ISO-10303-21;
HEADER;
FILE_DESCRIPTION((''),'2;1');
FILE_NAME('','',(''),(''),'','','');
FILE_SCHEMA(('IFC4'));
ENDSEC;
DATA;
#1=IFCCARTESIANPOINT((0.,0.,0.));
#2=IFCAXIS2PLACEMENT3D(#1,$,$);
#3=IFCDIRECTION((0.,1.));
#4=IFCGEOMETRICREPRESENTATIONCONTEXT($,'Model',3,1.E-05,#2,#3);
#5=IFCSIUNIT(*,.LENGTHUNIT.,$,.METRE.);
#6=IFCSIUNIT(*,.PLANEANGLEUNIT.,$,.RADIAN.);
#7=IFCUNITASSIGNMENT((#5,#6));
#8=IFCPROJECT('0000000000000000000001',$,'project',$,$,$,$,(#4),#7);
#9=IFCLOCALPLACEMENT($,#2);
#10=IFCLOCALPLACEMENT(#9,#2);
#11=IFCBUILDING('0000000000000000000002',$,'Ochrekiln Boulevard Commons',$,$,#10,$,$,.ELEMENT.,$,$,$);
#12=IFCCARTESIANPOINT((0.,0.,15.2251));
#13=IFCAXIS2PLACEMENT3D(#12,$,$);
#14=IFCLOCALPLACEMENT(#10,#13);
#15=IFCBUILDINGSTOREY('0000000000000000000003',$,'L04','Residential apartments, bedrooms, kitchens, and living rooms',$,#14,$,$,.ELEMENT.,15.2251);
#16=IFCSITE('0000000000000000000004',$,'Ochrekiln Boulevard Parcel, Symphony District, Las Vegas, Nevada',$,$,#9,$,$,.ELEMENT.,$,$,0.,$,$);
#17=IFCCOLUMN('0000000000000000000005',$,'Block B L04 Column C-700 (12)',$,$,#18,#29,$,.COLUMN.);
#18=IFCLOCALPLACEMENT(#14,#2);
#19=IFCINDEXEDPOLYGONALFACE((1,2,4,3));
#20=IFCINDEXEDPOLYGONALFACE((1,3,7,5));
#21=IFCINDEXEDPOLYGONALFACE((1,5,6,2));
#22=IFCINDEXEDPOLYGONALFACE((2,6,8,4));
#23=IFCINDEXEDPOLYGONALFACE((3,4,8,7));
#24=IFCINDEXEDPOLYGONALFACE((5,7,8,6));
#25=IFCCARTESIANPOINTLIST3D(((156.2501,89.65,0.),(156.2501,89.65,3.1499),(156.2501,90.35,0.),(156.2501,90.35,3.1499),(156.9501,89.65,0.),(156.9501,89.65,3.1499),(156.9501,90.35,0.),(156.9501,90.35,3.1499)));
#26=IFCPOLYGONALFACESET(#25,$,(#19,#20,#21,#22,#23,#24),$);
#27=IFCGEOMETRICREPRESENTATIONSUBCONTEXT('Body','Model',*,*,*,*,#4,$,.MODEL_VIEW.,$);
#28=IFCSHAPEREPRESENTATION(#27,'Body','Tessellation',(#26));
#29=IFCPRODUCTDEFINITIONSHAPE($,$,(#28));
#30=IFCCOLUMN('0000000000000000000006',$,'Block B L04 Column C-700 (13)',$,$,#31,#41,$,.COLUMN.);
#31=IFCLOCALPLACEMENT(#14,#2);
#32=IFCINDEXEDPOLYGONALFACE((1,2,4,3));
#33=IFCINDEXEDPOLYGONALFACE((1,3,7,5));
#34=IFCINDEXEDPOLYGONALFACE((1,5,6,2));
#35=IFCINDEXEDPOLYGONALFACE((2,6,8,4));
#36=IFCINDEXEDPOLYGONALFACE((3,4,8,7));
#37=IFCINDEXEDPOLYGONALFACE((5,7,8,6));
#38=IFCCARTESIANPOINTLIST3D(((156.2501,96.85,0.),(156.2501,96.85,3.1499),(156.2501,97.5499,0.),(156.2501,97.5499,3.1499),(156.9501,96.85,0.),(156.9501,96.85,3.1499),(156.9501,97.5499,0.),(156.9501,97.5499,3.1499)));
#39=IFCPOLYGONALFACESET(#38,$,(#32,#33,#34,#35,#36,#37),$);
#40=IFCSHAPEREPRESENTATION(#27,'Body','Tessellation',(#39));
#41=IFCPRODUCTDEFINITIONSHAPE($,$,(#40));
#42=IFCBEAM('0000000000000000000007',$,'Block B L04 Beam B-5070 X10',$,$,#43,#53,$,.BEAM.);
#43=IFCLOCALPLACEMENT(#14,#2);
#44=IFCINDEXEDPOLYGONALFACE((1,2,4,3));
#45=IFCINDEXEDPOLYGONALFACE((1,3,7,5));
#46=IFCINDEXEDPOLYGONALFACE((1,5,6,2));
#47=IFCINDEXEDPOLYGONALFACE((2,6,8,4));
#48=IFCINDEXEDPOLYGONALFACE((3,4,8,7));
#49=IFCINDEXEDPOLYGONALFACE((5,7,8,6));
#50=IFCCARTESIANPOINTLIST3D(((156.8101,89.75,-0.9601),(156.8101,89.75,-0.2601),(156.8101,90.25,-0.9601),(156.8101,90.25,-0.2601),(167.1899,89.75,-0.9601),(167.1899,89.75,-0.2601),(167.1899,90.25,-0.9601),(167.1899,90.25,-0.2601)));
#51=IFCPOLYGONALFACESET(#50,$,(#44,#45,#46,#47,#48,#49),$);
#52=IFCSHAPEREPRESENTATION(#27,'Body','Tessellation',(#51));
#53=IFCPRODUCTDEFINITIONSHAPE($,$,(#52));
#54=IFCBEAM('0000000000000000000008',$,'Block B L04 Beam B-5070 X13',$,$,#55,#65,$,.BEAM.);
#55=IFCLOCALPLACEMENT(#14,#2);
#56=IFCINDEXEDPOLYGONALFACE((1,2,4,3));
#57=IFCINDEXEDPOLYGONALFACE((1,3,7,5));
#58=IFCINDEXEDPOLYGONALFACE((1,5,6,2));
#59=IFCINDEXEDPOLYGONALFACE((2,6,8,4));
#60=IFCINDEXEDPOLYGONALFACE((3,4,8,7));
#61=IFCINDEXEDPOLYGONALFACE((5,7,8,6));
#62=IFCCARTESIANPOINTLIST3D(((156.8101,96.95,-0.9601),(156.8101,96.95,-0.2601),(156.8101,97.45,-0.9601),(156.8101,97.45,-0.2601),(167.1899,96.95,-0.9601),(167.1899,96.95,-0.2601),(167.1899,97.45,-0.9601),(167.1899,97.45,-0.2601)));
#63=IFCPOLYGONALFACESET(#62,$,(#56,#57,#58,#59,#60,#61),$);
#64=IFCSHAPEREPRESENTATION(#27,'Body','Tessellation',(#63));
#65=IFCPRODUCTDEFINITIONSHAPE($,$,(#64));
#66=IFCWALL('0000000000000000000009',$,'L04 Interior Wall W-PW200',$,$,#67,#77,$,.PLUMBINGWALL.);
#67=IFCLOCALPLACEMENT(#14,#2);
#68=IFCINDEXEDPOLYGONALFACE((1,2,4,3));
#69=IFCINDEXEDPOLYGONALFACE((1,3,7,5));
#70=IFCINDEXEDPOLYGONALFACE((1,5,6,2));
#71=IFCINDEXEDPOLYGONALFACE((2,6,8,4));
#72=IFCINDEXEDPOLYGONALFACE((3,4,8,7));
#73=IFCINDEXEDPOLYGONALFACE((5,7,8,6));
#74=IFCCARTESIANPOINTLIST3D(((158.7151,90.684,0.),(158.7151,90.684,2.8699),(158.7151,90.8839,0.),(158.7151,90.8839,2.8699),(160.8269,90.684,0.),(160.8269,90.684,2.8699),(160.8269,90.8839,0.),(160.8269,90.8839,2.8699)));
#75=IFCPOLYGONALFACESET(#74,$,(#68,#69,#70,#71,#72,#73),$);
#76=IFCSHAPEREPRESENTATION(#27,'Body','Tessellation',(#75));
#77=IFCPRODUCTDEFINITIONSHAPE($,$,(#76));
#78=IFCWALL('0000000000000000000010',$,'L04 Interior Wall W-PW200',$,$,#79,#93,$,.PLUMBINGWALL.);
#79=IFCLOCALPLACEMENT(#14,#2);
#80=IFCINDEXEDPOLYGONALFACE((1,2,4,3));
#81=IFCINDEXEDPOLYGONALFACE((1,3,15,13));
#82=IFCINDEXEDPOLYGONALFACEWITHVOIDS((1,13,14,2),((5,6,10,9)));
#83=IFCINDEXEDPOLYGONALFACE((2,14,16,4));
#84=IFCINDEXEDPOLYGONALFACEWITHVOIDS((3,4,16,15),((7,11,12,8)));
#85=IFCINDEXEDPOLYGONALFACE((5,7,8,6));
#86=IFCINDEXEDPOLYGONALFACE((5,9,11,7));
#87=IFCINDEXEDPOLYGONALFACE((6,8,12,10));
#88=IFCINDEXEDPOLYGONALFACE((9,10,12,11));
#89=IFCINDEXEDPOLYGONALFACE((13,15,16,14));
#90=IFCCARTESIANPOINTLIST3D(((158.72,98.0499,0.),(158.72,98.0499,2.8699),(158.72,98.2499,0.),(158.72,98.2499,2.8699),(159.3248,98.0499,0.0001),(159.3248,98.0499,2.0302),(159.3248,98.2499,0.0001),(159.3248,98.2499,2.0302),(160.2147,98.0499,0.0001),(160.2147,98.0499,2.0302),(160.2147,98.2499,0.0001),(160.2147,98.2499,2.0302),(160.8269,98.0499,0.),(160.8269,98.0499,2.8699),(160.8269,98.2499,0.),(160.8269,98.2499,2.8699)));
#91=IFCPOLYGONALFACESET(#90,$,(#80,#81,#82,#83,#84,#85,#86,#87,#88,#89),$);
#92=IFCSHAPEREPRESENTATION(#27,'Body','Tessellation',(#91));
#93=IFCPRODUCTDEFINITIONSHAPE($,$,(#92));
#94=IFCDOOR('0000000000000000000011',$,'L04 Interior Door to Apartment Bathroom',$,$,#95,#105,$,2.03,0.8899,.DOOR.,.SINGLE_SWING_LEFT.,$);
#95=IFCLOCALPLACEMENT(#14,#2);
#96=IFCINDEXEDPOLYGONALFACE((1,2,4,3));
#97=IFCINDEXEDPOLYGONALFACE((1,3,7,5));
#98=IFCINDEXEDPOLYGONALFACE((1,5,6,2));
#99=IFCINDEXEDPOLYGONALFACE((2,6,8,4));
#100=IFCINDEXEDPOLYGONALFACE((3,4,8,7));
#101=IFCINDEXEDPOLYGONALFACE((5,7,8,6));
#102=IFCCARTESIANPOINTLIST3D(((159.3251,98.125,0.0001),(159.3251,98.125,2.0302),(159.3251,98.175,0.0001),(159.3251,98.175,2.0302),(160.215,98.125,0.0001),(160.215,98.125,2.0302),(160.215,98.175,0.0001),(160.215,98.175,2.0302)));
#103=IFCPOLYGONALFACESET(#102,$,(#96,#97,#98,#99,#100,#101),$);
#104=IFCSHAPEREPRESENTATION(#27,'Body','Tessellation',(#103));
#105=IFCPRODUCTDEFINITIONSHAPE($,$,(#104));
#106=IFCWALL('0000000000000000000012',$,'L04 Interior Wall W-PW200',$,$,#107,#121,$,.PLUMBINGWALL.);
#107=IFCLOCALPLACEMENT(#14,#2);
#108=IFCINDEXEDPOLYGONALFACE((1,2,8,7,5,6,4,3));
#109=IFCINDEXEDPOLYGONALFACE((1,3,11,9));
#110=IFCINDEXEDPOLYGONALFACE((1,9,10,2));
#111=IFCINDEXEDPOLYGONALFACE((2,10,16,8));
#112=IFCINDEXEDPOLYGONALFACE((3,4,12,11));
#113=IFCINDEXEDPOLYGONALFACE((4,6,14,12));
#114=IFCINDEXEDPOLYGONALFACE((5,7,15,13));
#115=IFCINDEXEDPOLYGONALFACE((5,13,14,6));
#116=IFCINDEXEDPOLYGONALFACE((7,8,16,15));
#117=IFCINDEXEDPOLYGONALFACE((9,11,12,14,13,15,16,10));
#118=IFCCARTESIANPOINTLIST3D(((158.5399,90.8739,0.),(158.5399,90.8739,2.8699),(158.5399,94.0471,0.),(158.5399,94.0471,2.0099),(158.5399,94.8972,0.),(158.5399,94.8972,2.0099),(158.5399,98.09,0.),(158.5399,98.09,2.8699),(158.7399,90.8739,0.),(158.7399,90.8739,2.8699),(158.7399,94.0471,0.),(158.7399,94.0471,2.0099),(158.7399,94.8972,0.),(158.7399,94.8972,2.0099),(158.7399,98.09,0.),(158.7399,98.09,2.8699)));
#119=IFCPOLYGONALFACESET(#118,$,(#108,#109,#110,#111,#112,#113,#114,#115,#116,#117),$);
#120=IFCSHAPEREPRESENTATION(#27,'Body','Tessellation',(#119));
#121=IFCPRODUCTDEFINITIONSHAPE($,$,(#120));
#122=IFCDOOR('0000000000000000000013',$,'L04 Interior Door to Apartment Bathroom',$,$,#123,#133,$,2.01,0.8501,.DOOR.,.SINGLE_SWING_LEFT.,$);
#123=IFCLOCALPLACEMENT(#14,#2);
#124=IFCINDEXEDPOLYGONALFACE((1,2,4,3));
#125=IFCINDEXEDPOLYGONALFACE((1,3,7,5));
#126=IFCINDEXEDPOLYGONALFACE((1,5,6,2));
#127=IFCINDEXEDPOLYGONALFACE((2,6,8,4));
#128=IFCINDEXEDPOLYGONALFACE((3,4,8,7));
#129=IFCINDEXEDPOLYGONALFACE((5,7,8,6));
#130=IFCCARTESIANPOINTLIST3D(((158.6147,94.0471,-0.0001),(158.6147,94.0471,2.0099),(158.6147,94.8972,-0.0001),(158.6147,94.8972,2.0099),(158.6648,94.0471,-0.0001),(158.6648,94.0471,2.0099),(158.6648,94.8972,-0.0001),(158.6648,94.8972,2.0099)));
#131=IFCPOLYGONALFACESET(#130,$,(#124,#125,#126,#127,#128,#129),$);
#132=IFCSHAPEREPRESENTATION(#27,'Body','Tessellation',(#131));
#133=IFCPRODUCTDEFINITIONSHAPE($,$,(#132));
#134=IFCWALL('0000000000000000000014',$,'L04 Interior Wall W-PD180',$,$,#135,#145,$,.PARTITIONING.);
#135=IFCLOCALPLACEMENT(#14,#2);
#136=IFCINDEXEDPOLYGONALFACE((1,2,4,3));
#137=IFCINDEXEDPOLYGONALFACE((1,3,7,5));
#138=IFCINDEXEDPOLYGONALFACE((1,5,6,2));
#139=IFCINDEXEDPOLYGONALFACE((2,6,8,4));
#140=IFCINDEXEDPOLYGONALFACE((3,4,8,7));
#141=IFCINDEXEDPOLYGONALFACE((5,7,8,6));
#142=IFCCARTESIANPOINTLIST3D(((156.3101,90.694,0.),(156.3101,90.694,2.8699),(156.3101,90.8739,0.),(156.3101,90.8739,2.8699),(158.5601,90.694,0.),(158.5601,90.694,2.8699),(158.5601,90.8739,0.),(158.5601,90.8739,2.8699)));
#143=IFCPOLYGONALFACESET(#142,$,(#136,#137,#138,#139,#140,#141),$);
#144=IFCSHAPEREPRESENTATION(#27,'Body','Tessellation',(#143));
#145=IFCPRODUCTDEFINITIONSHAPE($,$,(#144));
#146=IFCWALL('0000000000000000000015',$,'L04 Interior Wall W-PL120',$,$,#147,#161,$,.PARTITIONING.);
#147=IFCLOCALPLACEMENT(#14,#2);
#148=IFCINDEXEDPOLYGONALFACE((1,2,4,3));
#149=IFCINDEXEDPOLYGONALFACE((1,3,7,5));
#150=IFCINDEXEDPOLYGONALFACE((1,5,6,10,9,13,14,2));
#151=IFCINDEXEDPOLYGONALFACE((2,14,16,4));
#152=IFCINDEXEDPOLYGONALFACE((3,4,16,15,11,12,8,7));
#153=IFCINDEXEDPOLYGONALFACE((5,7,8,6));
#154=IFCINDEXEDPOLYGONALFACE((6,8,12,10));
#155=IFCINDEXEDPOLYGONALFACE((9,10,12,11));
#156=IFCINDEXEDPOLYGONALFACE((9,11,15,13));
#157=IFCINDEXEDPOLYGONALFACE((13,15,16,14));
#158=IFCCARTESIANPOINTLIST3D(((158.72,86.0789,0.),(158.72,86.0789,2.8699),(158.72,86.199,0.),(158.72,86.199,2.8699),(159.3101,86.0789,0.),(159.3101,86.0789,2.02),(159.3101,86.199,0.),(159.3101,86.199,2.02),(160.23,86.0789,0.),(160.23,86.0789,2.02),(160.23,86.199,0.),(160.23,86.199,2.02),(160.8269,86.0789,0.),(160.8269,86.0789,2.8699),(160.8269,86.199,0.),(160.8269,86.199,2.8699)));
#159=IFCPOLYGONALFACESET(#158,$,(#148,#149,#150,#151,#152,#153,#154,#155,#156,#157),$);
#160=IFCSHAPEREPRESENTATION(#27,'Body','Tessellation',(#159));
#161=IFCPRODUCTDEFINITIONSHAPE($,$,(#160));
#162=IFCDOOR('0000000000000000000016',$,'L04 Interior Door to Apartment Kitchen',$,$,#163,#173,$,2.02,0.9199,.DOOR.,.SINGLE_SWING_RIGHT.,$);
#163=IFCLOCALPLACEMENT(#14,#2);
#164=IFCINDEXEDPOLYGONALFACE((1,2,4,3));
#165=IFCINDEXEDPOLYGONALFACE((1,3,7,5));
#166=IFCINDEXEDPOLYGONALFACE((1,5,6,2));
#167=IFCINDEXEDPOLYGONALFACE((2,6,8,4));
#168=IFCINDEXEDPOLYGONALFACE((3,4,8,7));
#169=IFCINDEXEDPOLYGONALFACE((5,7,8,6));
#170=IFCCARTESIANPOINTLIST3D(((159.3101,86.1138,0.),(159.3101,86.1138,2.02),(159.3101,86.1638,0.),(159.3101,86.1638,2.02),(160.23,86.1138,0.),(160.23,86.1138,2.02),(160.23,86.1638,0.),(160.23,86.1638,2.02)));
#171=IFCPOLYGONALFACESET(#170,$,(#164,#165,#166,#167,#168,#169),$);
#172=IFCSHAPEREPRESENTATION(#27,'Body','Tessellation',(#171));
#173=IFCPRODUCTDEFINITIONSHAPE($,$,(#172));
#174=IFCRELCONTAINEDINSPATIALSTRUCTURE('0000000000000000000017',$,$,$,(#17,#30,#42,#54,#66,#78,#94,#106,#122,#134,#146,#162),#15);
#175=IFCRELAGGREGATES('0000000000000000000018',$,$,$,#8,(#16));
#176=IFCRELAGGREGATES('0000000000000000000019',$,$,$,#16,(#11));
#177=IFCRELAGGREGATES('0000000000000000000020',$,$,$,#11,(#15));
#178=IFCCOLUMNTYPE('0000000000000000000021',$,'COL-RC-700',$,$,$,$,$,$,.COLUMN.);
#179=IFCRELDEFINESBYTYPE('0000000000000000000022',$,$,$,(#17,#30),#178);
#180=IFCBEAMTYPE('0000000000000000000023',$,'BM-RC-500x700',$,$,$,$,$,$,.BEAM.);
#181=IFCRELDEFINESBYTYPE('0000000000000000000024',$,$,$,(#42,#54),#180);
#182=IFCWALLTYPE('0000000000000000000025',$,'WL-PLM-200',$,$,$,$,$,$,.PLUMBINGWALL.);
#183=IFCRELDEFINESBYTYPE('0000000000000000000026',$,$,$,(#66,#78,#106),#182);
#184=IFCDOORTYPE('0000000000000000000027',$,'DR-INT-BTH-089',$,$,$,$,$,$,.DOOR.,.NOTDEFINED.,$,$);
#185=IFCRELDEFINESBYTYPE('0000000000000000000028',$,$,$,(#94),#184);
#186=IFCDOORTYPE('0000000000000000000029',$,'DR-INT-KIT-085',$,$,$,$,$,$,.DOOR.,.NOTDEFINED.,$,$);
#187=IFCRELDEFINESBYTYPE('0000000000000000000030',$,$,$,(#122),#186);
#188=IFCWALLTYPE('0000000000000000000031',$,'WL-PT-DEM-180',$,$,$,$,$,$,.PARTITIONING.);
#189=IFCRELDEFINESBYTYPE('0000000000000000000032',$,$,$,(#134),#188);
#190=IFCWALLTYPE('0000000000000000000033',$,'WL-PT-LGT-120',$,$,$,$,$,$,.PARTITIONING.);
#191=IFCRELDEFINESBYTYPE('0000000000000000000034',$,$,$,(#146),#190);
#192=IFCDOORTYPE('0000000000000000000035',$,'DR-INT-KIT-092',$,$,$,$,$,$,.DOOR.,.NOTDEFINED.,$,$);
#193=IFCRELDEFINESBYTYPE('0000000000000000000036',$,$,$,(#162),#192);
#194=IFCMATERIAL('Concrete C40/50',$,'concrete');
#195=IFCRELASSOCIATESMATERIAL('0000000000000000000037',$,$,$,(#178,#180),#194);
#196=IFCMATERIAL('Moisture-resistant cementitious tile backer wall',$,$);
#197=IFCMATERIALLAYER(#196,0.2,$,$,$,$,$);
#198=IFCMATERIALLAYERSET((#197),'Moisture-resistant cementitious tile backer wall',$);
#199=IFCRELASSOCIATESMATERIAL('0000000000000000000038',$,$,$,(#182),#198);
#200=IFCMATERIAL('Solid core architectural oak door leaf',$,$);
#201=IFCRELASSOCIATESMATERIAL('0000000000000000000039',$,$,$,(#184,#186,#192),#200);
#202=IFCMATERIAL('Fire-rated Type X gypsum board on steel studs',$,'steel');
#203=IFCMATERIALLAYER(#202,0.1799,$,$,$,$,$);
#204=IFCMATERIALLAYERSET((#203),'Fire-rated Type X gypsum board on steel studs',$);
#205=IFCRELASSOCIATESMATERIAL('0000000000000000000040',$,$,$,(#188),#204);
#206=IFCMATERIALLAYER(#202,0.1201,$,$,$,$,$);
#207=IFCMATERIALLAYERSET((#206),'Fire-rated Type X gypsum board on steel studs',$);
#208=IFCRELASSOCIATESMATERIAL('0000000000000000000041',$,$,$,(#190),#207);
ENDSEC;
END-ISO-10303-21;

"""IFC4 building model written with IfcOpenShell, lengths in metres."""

from ifc_helpers import new_model, si_unit, direction, frame, frame_2d, origin, origin_2d, place, context, subcontext, project, spatial, rectangle, extrude, material, layer, layer_set, material_profile, profile_set, type_object, element, fill, save


model = new_model("IFC4")

# Units and contexts
model_context = context("Model", 3, precision=1e-05, world=origin(), true_north=direction((0.0, 1.0)))
body_context = subcontext(model_context, "Body", "Model", "MODEL_VIEW")
ifc_project = project(units=[si_unit("LENGTHUNIT", "METRE"), si_unit("PLANEANGLEUNIT", "RADIAN")], contexts=[model_context])

# Site, building, storey
site_placement = place(None, origin())
site = spatial("IfcSite", under=ifc_project, at=site_placement, Name="Ochrekiln Boulevard Parcel, Symphony District, Las Vegas, Nevada", CompositionType="ELEMENT", RefElevation=0.0)
building_placement = place(site_placement, origin())
building = spatial("IfcBuilding", under=site, at=building_placement, Name="Ochrekiln Boulevard Commons", CompositionType="ELEMENT")
storey_placement = place(building_placement, frame((0.0, 0.0, 15.2251)))
storey = spatial("IfcBuildingStorey", under=building, at=storey_placement, Name="L04", Description="Residential apartments, bedrooms, kitchens, and living rooms", CompositionType="ELEMENT", Elevation=15.2251)

# Columns
ifc_material_1 = material(Name="Concrete C40/50", Category="concrete")
ifc_material_profile_1 = material_profile(ifc_material_1, rectangle(XDim=0.7, YDim=0.7, at=origin_2d()), Name="RC-COL-700x700")
ifc_profile_set_1 = profile_set([ifc_material_profile_1], Name="Concrete C40/50")
column_type = type_object("IfcColumnType", Name="COL-RC-700", PredefinedType="COLUMN", material=ifc_profile_set_1)
for number, where, z_axis, x_axis, name in (
    (1, (156.6001, 90.0, 0.0), (0.0, 0.0, 1.0), (1.0, 0.0, 0.0), "Block B L04 Column C-700 (12)"),
    (2, (156.6001, 97.2, 0.0), (0.0, 0.0, 1.0), (1.0, 0.0, 0.0), "Block B L04 Column C-700 (13)"),
):
    element("IfcColumn", number, at=place(storey_placement, frame(where, z_axis=z_axis, x_axis=x_axis)), inside=storey, type_object=column_type, Name=name, PredefinedType="COLUMN", context=body_context, shape_type="SweptSolid", body=[
        extrude(rectangle(XDim=0.7, YDim=0.7, at=origin_2d()), origin(), (0.0, 0.0, 1.0), 3.1499),
    ])

# Beams
ifc_material_profile_2 = material_profile(ifc_material_1, rectangle(XDim=0.5, YDim=0.7, at=origin_2d()), Name="RC-BM-500x700")
ifc_profile_set_2 = profile_set([ifc_material_profile_2], Name="Concrete C40/50")
beam_type = type_object("IfcBeamType", Name="BM-RC-500x700", PredefinedType="BEAM", material=ifc_profile_set_2)
for number, where, z_axis, x_axis, name in (
    (3, (156.8101, 90.0, -0.6101), (1.0, 0.0, 0.0), (0.0, 1.0, 0.0), "Block B L04 Beam B-5070 X10"),
    (4, (156.8101, 97.2, -0.6101), (1.0, 0.0, 0.0), (0.0, 1.0, 0.0), "Block B L04 Beam B-5070 X13"),
):
    element("IfcBeam", number, at=place(storey_placement, frame(where, z_axis=z_axis, x_axis=x_axis)), inside=storey, type_object=beam_type, Name=name, PredefinedType="BEAM", context=body_context, shape_type="SweptSolid", body=[
        extrude(rectangle(XDim=0.5, YDim=0.7, at=origin_2d()), origin(), (0.0, 0.0, 1.0), 10.3799),
    ])

# Wall
ifc_material_2 = material(Name="Moisture-resistant cementitious tile backer wall")
ifc_layer_1 = layer(ifc_material_2, 0.2)
ifc_layer_set_1 = layer_set([ifc_layer_1], Name="Moisture-resistant cementitious tile backer wall")
wall_type_1 = type_object("IfcWallType", Name="WL-PLM-200", PredefinedType="PLUMBINGWALL", material=ifc_layer_set_1)
wall_1_placement = place(storey_placement, frame((158.7151, 90.7839, 0.0), z_axis=(0.0, 0.0, 1.0), x_axis=(1.0, 0.0, 0.0)))
element("IfcWall", 5, at=wall_1_placement, inside=storey, type_object=wall_type_1, Name="L04 Interior Wall W-PW200", PredefinedType="PLUMBINGWALL", context=body_context, shape_type="SweptSolid", body=[
    extrude(rectangle(XDim=2.1118, YDim=0.2, at=frame_2d((1.0559, 0.0))), origin(), (0.0, 0.0, 1.0), 2.8699),
])

# Walls, openings, doors
wall_2_placement = place(storey_placement, frame((158.72, 98.1499, 0.0), z_axis=(0.0, 0.0, 1.0), x_axis=(1.0, 0.0, 0.0)))
wall_2 = element("IfcWall", 6, at=wall_2_placement, inside=storey, type_object=wall_type_1, Name="L04 Interior Wall W-PW200", PredefinedType="PLUMBINGWALL", context=body_context, shape_type="SweptSolid", body=[
    extrude(rectangle(XDim=2.1069, YDim=0.2, at=frame_2d((1.0535, 0.0))), origin(), (0.0, 0.0, 1.0), 2.8699),
])
opening_1_placement = place(wall_2_placement, frame((0.605, 0.0, 0.0)))
opening_1 = element("IfcOpeningElement", 7, at=opening_1_placement, cuts=wall_2, PredefinedType="OPENING", context=body_context, shape_type="SweptSolid", body=[
    extrude(rectangle(XDim=0.8899, YDim=2.03, at=frame_2d((0.4448, 1.0151))), frame((0.0, 0.1099, 0.0), z_axis=(0.0, -1.0, 0.0), x_axis=(1.0, 0.0, 0.0)), (0.0, 0.0, 1.0), 0.22),
])
ifc_material_3 = material(Name="Solid core architectural oak door leaf")
door_type_1 = type_object("IfcDoorType", Name="DR-INT-BTH-089", OperationType="NOTDEFINED", PredefinedType="DOOR", material=ifc_material_3)
door_1_placement = place(opening_1_placement, frame((0.8899, 0.0, 0.0), z_axis=(0.0, 0.0, 1.0), x_axis=(-1.0, 0.0, 0.0)))
door_1 = element("IfcDoor", 8, at=door_1_placement, inside=storey, type_object=door_type_1, Name="L04 Interior Door to Apartment Bathroom", OperationType="SINGLE_SWING_LEFT", OverallHeight=2.03, OverallWidth=0.8899, PredefinedType="DOOR", context=body_context, shape_type="SweptSolid", body=[
    extrude(rectangle(XDim=0.8899, YDim=2.03, at=frame_2d((0.4448, 1.0151))), frame((0.0, 0.0249, 0.0), z_axis=(0.0, -1.0, 0.0), x_axis=(1.0, 0.0, 0.0)), (0.0, 0.0, 1.0), 0.05),
])
fill(opening_1, door_1)
wall_3_placement = place(storey_placement, frame((158.6399, 90.874, 0.0), z_axis=(0.0, 0.0, 1.0), x_axis=(0.0, 1.0, 0.0)))
wall_3 = element("IfcWall", 9, at=wall_3_placement, inside=storey, type_object=wall_type_1, Name="L04 Interior Wall W-PW200", PredefinedType="PLUMBINGWALL", context=body_context, shape_type="SweptSolid", body=[
    extrude(rectangle(XDim=7.2161, YDim=0.2, at=frame_2d((3.6079, 0.0))), origin(), (0.0, 0.0, 1.0), 2.8699),
])
opening_2_placement = place(wall_3_placement, frame((3.1731, 0.0, 0.0)))
opening_2 = element("IfcOpeningElement", 10, at=opening_2_placement, cuts=wall_3, PredefinedType="OPENING", context=body_context, shape_type="SweptSolid", body=[
    extrude(rectangle(XDim=0.8501, YDim=2.01, at=frame_2d((0.425, 1.0049))), frame((0.0, 0.1099, 0.0), z_axis=(0.0, -1.0, 0.0), x_axis=(1.0, 0.0, 0.0)), (0.0, 0.0, 1.0), 0.22),
])
door_type_2 = type_object("IfcDoorType", Name="DR-INT-KIT-085", OperationType="NOTDEFINED", PredefinedType="DOOR", material=ifc_material_3)
door_2_placement = place(opening_2_placement, frame((0.8501, 0.0, 0.0), z_axis=(0.0, 0.0, 1.0), x_axis=(-1.0, 0.0, 0.0)))
door_2 = element("IfcDoor", 11, at=door_2_placement, inside=storey, type_object=door_type_2, Name="L04 Interior Door to Apartment Bathroom", OperationType="SINGLE_SWING_LEFT", OverallHeight=2.01, OverallWidth=0.8501, PredefinedType="DOOR", context=body_context, shape_type="SweptSolid", body=[
    extrude(rectangle(XDim=0.8501, YDim=2.01, at=frame_2d((0.425, 1.0049))), frame((0.0, 0.0249, 0.0), z_axis=(0.0, -1.0, 0.0), x_axis=(1.0, 0.0, 0.0)), (0.0, 0.0, 1.0), 0.05),
])
fill(opening_2, door_2)

# Wall
ifc_material_4 = material(Name="Fire-rated Type X gypsum board on steel studs", Category="steel")
ifc_layer_2 = layer(ifc_material_4, 0.1799)
ifc_layer_set_2 = layer_set([ifc_layer_2], Name="Fire-rated Type X gypsum board on steel studs")
wall_type_2 = type_object("IfcWallType", Name="WL-PT-DEM-180", PredefinedType="PARTITIONING", material=ifc_layer_set_2)
wall_4_placement = place(storey_placement, frame((156.3101, 90.7839, 0.0), z_axis=(0.0, 0.0, 1.0), x_axis=(1.0, 0.0, 0.0)))
element("IfcWall", 12, at=wall_4_placement, inside=storey, type_object=wall_type_2, Name="L04 Interior Wall W-PD180", PredefinedType="PARTITIONING", context=body_context, shape_type="SweptSolid", body=[
    extrude(rectangle(XDim=2.25, YDim=0.1799, at=frame_2d((1.125, 0.0))), origin(), (0.0, 0.0, 1.0), 2.8699),
])

# Wall, opening, door
ifc_layer_3 = layer(ifc_material_4, 0.1201)
ifc_layer_set_3 = layer_set([ifc_layer_3], Name="Fire-rated Type X gypsum board on steel studs")
wall_type_3 = type_object("IfcWallType", Name="WL-PT-LGT-120", PredefinedType="PARTITIONING", material=ifc_layer_set_3)
wall_5_placement = place(storey_placement, frame((158.72, 86.1389, 0.0), z_axis=(0.0, 0.0, 1.0), x_axis=(1.0, 0.0, 0.0)))
wall_5 = element("IfcWall", 13, at=wall_5_placement, inside=storey, type_object=wall_type_3, Name="L04 Interior Wall W-PL120", PredefinedType="PARTITIONING", context=body_context, shape_type="SweptSolid", body=[
    extrude(rectangle(XDim=2.1069, YDim=0.1201, at=frame_2d((1.0535, 0.0))), origin(), (0.0, 0.0, 1.0), 2.8699),
])
opening_3_placement = place(wall_5_placement, frame((0.5901, 0.0, 0.0)))
opening_3 = element("IfcOpeningElement", 14, at=opening_3_placement, cuts=wall_5, PredefinedType="OPENING", context=body_context, shape_type="SweptSolid", body=[
    extrude(rectangle(XDim=0.9199, YDim=2.02, at=frame_2d((0.46, 1.01))), frame((0.0, 0.0701, 0.0), z_axis=(0.0, -1.0, 0.0), x_axis=(1.0, 0.0, 0.0)), (0.0, 0.0, 1.0), 0.1401),
])
door_type_3 = type_object("IfcDoorType", Name="DR-INT-KIT-092", OperationType="NOTDEFINED", PredefinedType="DOOR", material=ifc_material_3)
door_3_placement = place(opening_3_placement, origin())
door_3 = element("IfcDoor", 15, at=door_3_placement, inside=storey, type_object=door_type_3, Name="L04 Interior Door to Apartment Kitchen", OperationType="SINGLE_SWING_RIGHT", OverallHeight=2.02, OverallWidth=0.9199, PredefinedType="DOOR", context=body_context, shape_type="SweptSolid", body=[
    extrude(rectangle(XDim=0.9199, YDim=2.02, at=frame_2d((0.46, 1.01))), frame((0.0, 0.0249, 0.0), z_axis=(0.0, -1.0, 0.0), x_axis=(1.0, 0.0, 0.0)), (0.0, 0.0, 1.0), 0.05),
])
fill(opening_3, door_3)

save(model, "model.ifc")
